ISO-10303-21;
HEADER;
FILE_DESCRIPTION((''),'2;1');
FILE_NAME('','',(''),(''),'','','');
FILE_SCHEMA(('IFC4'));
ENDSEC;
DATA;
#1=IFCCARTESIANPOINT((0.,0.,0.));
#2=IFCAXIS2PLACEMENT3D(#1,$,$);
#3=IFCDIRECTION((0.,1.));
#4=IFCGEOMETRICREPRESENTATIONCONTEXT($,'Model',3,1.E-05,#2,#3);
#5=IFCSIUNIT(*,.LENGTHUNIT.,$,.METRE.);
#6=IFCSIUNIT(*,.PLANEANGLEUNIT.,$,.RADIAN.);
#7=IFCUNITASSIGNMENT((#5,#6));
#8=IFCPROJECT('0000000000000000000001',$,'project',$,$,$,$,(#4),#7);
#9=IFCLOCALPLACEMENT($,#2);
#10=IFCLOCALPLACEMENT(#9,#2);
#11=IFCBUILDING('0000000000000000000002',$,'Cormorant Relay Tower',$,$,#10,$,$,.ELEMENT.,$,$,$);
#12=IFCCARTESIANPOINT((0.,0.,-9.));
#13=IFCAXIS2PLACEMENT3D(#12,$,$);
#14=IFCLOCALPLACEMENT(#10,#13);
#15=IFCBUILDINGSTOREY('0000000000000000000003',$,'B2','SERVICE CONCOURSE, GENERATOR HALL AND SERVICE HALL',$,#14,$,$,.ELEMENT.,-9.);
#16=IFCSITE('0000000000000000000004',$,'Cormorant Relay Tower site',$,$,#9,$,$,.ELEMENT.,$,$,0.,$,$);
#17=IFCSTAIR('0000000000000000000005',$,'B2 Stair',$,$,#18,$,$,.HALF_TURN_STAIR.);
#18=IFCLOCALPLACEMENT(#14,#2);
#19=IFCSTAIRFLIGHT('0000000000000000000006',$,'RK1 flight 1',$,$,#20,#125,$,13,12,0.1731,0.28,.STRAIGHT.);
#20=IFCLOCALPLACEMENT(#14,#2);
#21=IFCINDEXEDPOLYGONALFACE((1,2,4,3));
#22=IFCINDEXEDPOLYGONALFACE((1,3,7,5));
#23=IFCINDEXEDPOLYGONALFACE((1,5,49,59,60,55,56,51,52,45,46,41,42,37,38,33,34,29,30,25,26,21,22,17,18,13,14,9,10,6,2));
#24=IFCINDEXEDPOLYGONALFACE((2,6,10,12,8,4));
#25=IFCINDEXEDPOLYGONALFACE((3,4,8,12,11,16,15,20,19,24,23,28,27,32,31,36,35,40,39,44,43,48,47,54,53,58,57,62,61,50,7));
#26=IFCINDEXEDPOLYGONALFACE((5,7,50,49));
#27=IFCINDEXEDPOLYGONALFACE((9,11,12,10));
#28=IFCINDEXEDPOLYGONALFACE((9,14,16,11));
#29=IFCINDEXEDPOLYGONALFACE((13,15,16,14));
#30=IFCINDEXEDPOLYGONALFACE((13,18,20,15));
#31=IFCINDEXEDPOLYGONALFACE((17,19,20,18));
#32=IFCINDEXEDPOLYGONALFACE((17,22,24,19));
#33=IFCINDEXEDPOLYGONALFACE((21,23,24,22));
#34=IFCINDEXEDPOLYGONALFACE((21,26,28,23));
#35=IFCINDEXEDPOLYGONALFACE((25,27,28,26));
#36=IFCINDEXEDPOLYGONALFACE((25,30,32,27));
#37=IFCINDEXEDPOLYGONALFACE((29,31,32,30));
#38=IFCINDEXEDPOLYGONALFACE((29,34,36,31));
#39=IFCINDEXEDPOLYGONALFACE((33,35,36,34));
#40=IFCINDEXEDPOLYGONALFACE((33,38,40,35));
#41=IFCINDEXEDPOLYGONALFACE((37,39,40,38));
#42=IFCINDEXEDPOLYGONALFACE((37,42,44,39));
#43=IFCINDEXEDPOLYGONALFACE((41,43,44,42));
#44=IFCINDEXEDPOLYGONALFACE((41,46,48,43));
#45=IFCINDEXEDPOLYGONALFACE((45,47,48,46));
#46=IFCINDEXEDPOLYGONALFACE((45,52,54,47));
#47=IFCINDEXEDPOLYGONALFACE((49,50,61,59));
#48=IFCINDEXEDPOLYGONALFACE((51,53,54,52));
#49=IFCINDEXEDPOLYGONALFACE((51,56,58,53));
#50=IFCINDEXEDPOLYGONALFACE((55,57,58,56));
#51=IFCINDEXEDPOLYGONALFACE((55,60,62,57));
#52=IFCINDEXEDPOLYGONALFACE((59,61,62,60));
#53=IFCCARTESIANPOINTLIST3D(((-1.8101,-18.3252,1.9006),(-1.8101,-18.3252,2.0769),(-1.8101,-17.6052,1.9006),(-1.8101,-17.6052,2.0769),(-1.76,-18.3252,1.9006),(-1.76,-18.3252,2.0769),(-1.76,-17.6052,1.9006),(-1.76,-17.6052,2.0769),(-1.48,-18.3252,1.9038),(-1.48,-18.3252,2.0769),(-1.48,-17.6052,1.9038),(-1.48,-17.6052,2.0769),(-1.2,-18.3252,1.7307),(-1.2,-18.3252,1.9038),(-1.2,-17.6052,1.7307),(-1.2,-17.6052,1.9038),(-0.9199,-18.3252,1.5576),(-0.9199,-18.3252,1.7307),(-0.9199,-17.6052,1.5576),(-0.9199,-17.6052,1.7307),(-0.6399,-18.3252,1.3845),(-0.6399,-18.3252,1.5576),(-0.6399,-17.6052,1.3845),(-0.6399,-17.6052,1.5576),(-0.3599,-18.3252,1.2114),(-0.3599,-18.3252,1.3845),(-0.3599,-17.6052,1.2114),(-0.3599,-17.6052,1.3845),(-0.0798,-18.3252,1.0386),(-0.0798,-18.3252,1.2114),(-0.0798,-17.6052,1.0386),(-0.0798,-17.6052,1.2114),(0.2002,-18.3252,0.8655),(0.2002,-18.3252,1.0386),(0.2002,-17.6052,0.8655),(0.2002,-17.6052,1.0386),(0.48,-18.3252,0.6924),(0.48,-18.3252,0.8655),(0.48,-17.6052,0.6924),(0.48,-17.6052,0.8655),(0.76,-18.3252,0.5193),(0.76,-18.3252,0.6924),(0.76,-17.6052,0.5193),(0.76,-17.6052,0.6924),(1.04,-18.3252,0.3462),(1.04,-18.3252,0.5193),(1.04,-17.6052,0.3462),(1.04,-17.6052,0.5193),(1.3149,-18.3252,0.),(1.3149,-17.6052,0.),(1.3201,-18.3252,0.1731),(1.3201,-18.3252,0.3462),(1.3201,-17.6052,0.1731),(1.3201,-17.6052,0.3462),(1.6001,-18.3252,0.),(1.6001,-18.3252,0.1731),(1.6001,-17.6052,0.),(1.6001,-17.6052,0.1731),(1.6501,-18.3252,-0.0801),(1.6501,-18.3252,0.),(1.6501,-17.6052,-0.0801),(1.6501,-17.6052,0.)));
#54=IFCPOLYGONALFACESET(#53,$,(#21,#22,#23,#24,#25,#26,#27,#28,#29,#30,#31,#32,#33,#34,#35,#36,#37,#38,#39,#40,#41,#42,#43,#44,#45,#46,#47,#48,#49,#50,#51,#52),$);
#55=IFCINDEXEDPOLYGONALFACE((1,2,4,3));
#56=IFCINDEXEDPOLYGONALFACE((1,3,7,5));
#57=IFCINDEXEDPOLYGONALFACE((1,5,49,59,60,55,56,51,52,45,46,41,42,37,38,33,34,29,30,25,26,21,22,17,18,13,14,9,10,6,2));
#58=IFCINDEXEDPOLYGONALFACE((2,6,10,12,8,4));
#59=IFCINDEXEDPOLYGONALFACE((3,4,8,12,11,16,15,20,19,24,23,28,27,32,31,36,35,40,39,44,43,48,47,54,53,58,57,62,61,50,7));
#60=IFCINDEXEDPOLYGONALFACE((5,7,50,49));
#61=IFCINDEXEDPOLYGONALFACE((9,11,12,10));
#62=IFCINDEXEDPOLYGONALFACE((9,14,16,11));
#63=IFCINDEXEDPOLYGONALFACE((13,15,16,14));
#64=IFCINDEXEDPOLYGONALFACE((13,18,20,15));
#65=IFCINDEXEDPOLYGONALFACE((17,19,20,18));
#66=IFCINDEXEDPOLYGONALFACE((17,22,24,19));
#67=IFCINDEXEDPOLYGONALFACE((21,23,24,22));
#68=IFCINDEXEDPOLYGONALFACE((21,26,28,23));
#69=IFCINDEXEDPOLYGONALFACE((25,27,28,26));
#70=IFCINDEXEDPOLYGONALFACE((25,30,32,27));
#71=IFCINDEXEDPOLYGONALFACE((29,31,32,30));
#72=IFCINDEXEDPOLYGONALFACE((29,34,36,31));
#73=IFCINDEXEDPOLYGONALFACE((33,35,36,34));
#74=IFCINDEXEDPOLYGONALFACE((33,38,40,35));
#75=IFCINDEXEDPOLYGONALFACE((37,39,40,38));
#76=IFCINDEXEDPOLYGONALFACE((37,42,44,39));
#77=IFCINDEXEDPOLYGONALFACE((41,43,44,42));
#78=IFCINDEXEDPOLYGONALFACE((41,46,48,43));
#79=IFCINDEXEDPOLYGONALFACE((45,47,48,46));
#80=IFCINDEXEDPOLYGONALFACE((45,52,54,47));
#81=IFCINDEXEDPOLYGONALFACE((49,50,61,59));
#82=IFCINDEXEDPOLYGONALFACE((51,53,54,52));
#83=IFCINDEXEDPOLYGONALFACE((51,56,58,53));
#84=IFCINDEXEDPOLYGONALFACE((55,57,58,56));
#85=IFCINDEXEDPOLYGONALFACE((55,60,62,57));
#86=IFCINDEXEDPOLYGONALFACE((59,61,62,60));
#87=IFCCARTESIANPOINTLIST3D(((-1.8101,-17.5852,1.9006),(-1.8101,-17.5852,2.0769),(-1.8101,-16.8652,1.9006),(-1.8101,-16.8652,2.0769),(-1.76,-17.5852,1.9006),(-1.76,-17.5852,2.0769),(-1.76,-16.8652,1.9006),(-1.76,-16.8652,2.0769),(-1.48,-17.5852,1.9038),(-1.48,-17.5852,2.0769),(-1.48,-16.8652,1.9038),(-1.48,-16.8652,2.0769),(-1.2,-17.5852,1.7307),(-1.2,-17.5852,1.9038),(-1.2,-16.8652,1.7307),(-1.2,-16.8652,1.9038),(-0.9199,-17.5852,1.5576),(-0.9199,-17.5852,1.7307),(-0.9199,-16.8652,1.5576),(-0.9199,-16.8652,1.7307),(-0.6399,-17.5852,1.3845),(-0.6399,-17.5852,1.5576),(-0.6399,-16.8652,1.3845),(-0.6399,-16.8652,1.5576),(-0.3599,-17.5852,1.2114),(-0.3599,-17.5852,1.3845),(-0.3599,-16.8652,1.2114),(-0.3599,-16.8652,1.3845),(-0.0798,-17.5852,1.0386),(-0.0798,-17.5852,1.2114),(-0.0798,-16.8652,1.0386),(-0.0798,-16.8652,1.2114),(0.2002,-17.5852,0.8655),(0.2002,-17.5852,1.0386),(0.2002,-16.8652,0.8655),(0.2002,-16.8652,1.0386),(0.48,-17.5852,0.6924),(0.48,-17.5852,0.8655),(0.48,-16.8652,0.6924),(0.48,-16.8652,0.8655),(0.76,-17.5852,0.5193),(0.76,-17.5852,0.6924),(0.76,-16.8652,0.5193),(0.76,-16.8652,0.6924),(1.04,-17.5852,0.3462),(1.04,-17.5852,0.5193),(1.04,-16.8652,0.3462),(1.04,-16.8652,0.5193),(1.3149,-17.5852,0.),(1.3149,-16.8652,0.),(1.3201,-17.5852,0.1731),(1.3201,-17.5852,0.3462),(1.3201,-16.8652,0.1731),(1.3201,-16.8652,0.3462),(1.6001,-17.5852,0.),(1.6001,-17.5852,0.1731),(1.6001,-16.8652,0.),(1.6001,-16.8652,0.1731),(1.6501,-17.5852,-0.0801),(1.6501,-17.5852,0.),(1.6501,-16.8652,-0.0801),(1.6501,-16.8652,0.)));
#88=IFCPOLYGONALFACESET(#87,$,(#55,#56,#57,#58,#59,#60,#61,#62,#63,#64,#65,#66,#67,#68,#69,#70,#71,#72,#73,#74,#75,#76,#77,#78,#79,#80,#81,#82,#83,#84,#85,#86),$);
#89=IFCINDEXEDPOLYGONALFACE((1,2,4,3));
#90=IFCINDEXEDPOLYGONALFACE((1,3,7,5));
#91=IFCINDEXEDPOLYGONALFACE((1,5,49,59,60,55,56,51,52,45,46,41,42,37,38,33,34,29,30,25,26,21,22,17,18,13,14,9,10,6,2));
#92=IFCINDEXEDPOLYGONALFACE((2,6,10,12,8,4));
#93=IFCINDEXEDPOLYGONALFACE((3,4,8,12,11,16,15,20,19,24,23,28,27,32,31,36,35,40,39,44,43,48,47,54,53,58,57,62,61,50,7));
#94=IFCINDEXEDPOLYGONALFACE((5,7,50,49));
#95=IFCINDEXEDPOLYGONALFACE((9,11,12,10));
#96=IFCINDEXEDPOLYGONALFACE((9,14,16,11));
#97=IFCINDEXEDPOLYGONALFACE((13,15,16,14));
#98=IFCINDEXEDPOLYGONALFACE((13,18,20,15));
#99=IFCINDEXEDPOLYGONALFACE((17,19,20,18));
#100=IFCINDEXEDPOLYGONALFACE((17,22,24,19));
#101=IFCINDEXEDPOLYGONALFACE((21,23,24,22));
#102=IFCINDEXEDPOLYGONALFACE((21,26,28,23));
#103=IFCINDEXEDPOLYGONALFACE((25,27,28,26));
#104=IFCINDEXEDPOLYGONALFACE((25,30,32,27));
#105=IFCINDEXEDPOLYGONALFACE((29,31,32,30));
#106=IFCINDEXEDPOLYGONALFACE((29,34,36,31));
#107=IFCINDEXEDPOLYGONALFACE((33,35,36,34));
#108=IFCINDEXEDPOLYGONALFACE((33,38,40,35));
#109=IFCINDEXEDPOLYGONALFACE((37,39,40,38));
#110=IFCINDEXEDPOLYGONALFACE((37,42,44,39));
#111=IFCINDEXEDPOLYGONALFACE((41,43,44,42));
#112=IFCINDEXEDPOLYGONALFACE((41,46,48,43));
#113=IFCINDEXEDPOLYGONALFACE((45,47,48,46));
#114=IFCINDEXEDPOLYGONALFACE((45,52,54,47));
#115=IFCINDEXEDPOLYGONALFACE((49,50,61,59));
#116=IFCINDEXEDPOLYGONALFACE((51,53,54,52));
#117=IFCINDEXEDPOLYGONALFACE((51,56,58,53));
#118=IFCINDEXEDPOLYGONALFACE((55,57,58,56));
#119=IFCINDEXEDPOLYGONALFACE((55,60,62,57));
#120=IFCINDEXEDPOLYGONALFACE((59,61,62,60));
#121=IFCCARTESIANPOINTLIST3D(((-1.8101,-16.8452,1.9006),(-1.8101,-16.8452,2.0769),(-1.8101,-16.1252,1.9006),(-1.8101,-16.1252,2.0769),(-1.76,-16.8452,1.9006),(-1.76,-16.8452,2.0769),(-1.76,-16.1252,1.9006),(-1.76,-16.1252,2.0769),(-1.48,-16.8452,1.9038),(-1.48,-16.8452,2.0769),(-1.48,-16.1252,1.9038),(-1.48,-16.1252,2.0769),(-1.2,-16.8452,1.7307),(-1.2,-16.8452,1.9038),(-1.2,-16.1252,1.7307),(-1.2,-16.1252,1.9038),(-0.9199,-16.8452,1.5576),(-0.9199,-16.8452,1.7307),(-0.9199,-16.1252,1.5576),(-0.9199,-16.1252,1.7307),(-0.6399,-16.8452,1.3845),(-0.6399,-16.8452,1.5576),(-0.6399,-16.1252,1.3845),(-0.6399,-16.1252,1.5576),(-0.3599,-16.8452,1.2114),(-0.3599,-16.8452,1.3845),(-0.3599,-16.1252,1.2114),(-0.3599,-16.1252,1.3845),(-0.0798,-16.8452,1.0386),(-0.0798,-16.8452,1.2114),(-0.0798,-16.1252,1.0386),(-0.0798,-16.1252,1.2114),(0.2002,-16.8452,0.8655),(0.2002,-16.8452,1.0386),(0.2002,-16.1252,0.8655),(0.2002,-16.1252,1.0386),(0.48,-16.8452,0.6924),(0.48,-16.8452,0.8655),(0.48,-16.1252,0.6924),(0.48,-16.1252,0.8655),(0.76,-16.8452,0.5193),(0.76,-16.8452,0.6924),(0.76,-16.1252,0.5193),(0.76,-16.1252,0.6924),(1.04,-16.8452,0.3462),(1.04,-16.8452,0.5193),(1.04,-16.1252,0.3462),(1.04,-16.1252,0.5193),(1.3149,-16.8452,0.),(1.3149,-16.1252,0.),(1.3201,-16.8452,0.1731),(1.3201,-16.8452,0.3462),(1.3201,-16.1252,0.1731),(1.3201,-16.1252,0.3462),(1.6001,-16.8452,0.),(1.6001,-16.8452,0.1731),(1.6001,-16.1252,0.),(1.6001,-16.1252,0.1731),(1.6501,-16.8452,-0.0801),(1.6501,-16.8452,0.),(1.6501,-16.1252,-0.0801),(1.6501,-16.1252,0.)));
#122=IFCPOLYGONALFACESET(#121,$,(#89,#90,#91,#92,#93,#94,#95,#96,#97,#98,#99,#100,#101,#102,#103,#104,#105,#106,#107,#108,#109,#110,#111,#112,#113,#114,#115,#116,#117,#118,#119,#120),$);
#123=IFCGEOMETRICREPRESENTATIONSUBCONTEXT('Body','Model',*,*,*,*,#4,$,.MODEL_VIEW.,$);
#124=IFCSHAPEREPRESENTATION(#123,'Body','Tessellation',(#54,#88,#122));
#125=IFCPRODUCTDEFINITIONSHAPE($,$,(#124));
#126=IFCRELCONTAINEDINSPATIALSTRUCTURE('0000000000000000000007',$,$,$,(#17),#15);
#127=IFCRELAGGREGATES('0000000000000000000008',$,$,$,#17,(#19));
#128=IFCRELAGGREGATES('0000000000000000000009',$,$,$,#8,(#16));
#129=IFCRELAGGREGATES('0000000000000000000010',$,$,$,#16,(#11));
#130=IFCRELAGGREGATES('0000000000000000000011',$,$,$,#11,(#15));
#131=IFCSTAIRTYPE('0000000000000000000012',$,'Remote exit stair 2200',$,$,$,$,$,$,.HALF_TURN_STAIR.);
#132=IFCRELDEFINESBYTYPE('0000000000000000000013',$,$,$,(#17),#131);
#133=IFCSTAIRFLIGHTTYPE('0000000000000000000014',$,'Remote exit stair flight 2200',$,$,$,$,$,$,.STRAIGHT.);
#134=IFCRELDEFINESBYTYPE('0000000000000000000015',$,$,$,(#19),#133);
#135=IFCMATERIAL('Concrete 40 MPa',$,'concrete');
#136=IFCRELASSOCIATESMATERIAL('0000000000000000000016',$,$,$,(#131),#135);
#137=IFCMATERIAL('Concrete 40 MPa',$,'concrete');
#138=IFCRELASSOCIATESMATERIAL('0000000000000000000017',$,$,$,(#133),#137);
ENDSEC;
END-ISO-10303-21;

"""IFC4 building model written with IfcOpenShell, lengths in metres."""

from ifc_helpers import new_model, si_unit, direction, frame, origin, place, context, subcontext, project, spatial, polyline, outline, extrude, material, type_object, element, aggregate, save


model = new_model("IFC4")

# Units and contexts
model_context = context("Model", 3, precision=1e-05, world=origin(), true_north=direction((0.0, 1.0)))
body_context = subcontext(model_context, "Body", "Model", "MODEL_VIEW")
ifc_project = project(units=[si_unit("LENGTHUNIT", "METRE"), si_unit("PLANEANGLEUNIT", "RADIAN")], contexts=[model_context])

# Site, building, storey
site_placement = place(None, origin())
site = spatial("IfcSite", under=ifc_project, at=site_placement, Name="Cormorant Relay Tower site", CompositionType="ELEMENT", RefElevation=0.0)
building_placement = place(site_placement, origin())
building = spatial("IfcBuilding", under=site, at=building_placement, Name="Cormorant Relay Tower", CompositionType="ELEMENT")
storey_placement = place(building_placement, frame((0.0, 0.0, -9.0)))
storey = spatial("IfcBuildingStorey", under=building, at=storey_placement, Name="B2", Description="SERVICE CONCOURSE, GENERATOR HALL AND SERVICE HALL", CompositionType="ELEMENT", Elevation=-9.0)

# Stair, stair flight
ifc_material_1 = material(Name="Concrete 40 MPa", Category="concrete")
stair_type = type_object("IfcStairType", Name="Remote exit stair 2200", PredefinedType="HALF_TURN_STAIR", material=ifc_material_1)
stair_placement = place(storey_placement, origin())
stair = element("IfcStair", 1, at=stair_placement, inside=storey, type_object=stair_type, Name="B2 Stair", PredefinedType="HALF_TURN_STAIR")
ifc_material_2 = material(Name="Concrete 40 MPa", Category="concrete")
stair_flight_type = type_object("IfcStairFlightType", Name="Remote exit stair flight 2200", PredefinedType="STRAIGHT", material=ifc_material_2)
stair_flight_placement = place(storey_placement, frame((1.6001, -17.2251, 0.0), z_axis=(0.0, 0.0, 1.0), x_axis=(-1.0, 0.0, 0.0)))
stair_flight = element("IfcStairFlight", 2, at=stair_flight_placement, type_object=stair_flight_type, Name="RK1 flight 1", NumberOfRisers=13, NumberOfTreads=12, PredefinedType="STRAIGHT", RiserHeight=0.1731, TreadLength=0.28, context=body_context, shape_type="SweptSolid", body=[
    extrude(outline(polyline([(-0.05, -0.0801), (-0.05, 0.0), (0.0, 0.0), (0.0, 0.1731), (0.28, 0.1731), (0.28, 0.3462), (0.5601, 0.3462), (0.5601, 0.5193), (0.8401, 0.5193), (0.8401, 0.6924), (1.1201, 0.6924), (1.1201, 0.8655), (1.3999, 0.8655), (1.3999, 1.0386), (1.6799, 1.0386), (1.6799, 1.2114), (1.96, 1.2114), (1.96, 1.3845), (2.24, 1.3845), (2.24, 1.5576), (2.52, 1.5576), (2.52, 1.7307), (2.8, 1.7307), (2.8, 1.9038), (3.0801, 1.9038), (3.0801, 2.0769), (3.3601, 2.0769), (3.4102, 2.0769), (3.4102, 1.9006), (3.3601, 1.9006), (0.2852, 0.0), (-0.05, -0.0801)])), frame((0.0, 1.1001, 0.0), z_axis=(0.0, -1.0, 0.0), x_axis=(1.0, 0.0, 0.0)), (0.0, 0.0, 1.0), 0.72),
    extrude(outline(polyline([(-0.05, -0.0801), (-0.05, 0.0), (0.0, 0.0), (0.0, 0.1731), (0.28, 0.1731), (0.28, 0.3462), (0.5601, 0.3462), (0.5601, 0.5193), (0.8401, 0.5193), (0.8401, 0.6924), (1.1201, 0.6924), (1.1201, 0.8655), (1.3999, 0.8655), (1.3999, 1.0386), (1.6799, 1.0386), (1.6799, 1.2114), (1.96, 1.2114), (1.96, 1.3845), (2.24, 1.3845), (2.24, 1.5576), (2.52, 1.5576), (2.52, 1.7307), (2.8, 1.7307), (2.8, 1.9038), (3.0801, 1.9038), (3.0801, 2.0769), (3.3601, 2.0769), (3.4102, 2.0769), (3.4102, 1.9006), (3.3601, 1.9006), (0.2852, 0.0), (-0.05, -0.0801)])), frame((0.0, 0.3601, 0.0), z_axis=(0.0, -1.0, 0.0), x_axis=(1.0, 0.0, 0.0)), (0.0, 0.0, 1.0), 0.72),
    extrude(outline(polyline([(-0.05, -0.0801), (-0.05, 0.0), (0.0, 0.0), (0.0, 0.1731), (0.28, 0.1731), (0.28, 0.3462), (0.5601, 0.3462), (0.5601, 0.5193), (0.8401, 0.5193), (0.8401, 0.6924), (1.1201, 0.6924), (1.1201, 0.8655), (1.3999, 0.8655), (1.3999, 1.0386), (1.6799, 1.0386), (1.6799, 1.2114), (1.96, 1.2114), (1.96, 1.3845), (2.24, 1.3845), (2.24, 1.5576), (2.52, 1.5576), (2.52, 1.7307), (2.8, 1.7307), (2.8, 1.9038), (3.0801, 1.9038), (3.0801, 2.0769), (3.3601, 2.0769), (3.4102, 2.0769), (3.4102, 1.9006), (3.3601, 1.9006), (0.2852, 0.0), (-0.05, -0.0801)])), frame((0.0, -0.3799, 0.0), z_axis=(0.0, -1.0, 0.0), x_axis=(1.0, 0.0, 0.0)), (0.0, 0.0, 1.0), 0.72),
])
aggregate(stair, [stair_flight])

save(model, "model.ifc")
